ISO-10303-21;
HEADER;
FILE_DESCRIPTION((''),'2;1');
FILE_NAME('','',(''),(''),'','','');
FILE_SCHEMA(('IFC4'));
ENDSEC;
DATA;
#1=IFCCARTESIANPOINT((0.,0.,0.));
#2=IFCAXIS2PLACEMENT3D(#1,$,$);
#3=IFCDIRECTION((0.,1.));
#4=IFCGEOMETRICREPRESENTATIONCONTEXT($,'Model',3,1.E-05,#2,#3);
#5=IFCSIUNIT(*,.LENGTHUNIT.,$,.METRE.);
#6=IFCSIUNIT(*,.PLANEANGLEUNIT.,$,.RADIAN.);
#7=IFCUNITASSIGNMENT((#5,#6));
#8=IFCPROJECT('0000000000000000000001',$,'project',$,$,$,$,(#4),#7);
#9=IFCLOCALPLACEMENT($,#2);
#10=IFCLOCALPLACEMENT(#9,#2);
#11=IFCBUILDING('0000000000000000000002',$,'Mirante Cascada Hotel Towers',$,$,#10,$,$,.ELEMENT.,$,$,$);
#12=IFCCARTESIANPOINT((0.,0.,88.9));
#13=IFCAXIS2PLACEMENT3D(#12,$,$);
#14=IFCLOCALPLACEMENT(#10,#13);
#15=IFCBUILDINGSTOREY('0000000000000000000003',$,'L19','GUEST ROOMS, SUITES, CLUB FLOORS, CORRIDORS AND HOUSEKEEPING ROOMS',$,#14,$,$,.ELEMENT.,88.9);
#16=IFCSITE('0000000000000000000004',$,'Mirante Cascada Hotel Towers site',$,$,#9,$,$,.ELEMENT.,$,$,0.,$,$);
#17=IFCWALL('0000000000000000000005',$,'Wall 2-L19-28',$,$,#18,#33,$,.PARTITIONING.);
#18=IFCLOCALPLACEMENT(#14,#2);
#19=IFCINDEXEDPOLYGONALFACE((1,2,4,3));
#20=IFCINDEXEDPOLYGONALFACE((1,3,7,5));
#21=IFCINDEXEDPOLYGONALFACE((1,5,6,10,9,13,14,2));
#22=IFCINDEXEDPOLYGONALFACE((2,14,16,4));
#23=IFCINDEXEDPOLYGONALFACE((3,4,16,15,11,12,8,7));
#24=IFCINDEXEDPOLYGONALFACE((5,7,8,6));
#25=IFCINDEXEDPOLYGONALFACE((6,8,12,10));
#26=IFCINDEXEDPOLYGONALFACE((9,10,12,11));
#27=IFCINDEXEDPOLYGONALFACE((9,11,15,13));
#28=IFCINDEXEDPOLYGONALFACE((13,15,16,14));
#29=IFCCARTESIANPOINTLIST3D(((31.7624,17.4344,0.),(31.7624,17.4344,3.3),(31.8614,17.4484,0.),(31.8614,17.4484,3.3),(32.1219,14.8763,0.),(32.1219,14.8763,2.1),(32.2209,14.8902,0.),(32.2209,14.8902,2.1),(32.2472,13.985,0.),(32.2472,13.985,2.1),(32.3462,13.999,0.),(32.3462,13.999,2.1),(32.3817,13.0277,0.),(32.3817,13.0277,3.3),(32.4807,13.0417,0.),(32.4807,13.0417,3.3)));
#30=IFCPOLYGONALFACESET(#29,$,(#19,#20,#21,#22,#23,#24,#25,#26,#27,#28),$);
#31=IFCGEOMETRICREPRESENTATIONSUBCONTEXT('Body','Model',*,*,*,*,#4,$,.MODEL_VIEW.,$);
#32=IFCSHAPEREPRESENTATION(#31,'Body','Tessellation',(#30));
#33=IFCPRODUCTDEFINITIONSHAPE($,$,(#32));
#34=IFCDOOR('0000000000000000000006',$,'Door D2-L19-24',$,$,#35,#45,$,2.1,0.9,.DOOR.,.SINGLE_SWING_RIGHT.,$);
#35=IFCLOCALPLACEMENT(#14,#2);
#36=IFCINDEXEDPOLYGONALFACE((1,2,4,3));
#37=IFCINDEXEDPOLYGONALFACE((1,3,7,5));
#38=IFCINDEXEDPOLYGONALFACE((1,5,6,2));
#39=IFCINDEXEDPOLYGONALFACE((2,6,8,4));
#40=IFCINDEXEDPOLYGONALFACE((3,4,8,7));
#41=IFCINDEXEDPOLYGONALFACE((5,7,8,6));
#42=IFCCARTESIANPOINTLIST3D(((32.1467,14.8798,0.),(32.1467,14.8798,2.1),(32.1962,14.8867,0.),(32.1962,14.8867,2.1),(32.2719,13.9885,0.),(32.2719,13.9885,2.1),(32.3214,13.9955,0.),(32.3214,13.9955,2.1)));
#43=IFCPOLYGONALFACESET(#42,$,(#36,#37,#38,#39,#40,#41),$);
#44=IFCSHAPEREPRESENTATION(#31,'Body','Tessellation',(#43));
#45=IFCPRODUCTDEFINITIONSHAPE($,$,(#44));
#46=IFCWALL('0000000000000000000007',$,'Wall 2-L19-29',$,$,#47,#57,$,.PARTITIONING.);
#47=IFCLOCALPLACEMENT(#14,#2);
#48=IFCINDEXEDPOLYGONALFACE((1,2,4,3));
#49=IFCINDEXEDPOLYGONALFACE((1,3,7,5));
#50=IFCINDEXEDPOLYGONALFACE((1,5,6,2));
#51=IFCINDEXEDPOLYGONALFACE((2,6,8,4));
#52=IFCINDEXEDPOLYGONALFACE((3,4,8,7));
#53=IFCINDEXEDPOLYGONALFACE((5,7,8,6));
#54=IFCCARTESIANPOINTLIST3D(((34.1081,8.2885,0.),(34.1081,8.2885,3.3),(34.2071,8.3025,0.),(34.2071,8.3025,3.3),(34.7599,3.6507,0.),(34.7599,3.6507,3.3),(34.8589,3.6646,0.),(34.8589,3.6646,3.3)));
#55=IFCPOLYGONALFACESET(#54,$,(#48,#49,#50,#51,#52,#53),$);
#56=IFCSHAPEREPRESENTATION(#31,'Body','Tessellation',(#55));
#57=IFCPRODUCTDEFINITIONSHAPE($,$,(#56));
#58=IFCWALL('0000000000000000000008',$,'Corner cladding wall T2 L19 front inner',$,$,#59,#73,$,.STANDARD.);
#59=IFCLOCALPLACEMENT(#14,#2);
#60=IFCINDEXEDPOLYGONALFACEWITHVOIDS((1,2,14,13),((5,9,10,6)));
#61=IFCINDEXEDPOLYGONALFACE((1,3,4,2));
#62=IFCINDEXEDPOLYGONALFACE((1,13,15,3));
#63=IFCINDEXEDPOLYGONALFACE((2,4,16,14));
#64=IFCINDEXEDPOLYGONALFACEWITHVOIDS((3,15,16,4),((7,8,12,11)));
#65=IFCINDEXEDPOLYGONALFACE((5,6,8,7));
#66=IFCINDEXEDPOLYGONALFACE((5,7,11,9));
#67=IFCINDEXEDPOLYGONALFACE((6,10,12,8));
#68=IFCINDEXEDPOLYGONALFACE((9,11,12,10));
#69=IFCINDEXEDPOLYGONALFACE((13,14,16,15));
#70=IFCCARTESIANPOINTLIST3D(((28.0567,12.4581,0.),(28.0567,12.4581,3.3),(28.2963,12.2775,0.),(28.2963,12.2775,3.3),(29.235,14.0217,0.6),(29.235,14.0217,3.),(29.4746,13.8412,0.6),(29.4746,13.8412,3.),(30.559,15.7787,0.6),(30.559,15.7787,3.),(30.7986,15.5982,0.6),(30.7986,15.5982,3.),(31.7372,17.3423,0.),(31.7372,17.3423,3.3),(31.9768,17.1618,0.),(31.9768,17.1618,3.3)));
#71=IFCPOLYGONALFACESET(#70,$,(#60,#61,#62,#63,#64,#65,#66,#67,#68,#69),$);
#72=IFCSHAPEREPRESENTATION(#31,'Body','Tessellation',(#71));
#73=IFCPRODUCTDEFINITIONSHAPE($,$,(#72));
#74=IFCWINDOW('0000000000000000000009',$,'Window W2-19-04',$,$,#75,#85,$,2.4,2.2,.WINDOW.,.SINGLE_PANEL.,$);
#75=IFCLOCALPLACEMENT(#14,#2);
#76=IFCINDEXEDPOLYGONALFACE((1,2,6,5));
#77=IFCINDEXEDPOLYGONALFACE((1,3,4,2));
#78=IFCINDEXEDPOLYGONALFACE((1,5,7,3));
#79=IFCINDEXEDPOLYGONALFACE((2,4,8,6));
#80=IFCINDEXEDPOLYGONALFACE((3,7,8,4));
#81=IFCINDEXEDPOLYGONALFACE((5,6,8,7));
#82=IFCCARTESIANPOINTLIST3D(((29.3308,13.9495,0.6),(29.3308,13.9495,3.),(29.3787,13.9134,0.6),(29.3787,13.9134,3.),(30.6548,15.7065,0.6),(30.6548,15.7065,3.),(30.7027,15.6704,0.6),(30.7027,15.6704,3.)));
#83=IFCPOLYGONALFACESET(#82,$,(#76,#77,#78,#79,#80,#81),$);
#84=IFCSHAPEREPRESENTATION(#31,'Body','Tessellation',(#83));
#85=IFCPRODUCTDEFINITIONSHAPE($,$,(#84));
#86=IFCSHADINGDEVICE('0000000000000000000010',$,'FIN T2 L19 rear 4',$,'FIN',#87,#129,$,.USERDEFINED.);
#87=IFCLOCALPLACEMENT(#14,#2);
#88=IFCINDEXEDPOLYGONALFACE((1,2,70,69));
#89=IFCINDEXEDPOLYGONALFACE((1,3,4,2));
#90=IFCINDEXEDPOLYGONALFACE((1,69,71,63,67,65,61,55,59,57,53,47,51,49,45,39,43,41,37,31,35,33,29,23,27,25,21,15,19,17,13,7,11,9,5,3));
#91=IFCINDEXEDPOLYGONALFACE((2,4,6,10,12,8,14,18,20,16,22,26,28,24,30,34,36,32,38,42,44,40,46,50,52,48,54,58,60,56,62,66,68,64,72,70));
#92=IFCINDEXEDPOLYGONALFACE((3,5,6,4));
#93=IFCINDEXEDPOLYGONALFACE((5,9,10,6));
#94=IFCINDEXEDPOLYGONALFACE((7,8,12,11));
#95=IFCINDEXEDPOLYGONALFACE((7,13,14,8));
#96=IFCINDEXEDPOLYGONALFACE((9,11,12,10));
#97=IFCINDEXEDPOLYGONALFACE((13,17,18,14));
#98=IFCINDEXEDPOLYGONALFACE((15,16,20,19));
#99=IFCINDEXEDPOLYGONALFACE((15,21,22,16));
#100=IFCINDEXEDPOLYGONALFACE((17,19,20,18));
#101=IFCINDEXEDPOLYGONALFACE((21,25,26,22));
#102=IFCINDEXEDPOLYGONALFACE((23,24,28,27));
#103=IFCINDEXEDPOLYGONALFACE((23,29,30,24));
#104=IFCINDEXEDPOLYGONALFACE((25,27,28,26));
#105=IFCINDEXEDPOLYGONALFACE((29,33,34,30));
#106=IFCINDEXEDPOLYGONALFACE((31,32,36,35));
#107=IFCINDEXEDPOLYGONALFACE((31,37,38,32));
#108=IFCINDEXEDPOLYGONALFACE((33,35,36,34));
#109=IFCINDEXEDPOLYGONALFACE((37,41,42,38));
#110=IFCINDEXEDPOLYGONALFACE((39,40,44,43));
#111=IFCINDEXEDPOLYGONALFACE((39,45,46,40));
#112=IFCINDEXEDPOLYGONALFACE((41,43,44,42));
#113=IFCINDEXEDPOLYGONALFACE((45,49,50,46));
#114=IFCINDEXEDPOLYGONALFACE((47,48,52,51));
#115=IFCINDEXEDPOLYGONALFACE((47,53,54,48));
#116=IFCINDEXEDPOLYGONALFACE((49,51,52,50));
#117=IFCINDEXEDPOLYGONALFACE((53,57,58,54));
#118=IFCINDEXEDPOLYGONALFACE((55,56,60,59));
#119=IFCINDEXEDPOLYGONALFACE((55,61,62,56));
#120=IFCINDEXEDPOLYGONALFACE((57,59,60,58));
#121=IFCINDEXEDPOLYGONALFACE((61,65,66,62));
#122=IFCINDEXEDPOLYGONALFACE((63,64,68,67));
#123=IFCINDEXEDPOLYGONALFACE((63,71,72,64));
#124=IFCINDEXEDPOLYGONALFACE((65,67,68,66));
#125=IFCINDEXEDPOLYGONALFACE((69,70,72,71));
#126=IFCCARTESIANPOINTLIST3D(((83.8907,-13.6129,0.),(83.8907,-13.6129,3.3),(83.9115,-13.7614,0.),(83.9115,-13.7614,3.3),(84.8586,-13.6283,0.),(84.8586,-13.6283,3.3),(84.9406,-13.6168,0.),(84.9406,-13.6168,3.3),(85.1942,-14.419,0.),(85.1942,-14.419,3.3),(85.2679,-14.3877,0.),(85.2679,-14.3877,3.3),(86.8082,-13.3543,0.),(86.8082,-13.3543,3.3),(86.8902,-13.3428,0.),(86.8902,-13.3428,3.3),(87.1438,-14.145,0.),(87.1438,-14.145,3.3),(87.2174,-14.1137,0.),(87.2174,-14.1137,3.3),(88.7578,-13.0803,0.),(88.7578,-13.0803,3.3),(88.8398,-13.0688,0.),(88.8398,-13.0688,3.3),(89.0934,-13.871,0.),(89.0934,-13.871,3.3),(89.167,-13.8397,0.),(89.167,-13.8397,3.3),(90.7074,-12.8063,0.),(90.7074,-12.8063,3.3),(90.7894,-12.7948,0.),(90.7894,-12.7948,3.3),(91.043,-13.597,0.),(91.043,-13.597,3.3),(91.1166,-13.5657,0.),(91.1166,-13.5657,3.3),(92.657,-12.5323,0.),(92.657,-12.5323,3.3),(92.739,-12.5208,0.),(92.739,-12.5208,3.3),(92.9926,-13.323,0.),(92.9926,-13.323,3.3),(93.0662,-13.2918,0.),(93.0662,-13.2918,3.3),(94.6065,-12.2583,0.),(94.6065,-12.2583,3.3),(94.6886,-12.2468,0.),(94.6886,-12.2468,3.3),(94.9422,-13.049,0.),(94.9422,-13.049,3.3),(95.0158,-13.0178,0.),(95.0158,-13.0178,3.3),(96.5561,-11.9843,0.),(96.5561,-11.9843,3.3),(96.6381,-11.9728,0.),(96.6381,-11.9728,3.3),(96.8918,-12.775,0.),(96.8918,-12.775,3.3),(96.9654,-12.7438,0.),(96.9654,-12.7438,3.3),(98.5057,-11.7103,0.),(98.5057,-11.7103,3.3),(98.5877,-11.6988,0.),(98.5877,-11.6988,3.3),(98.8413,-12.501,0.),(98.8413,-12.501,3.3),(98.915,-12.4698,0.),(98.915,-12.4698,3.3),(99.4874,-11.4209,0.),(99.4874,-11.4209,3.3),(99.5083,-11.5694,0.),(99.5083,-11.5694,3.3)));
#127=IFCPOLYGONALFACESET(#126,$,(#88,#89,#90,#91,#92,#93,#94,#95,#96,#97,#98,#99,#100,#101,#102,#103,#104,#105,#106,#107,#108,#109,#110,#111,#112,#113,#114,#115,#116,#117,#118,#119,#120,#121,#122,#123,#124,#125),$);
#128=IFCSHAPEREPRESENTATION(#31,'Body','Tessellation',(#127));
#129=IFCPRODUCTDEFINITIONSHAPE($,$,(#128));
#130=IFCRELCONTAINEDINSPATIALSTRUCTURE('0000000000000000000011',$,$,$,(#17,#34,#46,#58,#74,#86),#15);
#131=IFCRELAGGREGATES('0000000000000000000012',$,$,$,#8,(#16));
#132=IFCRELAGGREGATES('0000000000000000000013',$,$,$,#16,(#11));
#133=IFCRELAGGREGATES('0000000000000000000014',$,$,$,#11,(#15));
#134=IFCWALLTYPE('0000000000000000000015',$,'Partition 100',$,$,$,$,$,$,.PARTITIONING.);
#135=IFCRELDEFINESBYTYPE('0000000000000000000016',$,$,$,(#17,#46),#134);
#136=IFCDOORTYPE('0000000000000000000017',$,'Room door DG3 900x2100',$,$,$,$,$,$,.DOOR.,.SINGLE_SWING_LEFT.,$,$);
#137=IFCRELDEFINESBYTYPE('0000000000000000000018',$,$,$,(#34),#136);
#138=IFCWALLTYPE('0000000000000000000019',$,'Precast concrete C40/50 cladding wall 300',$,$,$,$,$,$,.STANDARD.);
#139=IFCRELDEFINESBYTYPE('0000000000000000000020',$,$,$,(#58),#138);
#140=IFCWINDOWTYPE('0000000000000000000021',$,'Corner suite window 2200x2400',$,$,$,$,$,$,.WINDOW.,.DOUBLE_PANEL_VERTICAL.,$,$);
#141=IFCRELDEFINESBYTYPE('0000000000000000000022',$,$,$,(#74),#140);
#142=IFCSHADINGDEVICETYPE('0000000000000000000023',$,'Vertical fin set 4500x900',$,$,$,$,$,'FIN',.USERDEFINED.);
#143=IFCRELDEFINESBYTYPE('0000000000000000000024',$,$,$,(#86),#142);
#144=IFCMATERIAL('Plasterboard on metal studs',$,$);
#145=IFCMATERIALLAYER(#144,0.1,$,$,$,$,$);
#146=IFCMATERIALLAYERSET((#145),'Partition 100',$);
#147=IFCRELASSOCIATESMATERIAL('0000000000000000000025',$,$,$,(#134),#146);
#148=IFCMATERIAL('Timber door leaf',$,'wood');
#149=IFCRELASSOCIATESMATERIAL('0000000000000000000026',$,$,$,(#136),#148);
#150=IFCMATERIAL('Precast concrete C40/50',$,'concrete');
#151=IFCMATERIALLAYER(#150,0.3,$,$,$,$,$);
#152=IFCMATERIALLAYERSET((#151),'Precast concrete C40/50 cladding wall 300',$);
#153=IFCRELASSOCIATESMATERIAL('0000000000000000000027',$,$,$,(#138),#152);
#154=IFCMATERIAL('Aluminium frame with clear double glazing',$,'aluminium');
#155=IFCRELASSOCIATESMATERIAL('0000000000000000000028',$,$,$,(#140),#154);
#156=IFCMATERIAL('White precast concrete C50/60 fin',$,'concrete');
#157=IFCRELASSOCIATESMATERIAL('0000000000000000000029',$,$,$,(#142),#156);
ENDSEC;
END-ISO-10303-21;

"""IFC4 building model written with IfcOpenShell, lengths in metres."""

from ifc_helpers import new_model, si_unit, direction, frame, frame_2d, origin, place, context, subcontext, project, spatial, polyline, rectangle, outline, extrude, material, layer, layer_set, type_object, element, fill, save


model = new_model("IFC4")

# Units and contexts
model_context = context("Model", 3, precision=1e-05, world=origin(), true_north=direction((0.0, 1.0)))
body_context = subcontext(model_context, "Body", "Model", "MODEL_VIEW")
ifc_project = project(units=[si_unit("LENGTHUNIT", "METRE"), si_unit("PLANEANGLEUNIT", "RADIAN")], contexts=[model_context])

# Site, building, storey
site_placement = place(None, origin())
site = spatial("IfcSite", under=ifc_project, at=site_placement, Name="Mirante Cascada Hotel Towers site", CompositionType="ELEMENT", RefElevation=0.0)
building_placement = place(site_placement, origin())
building = spatial("IfcBuilding", under=site, at=building_placement, Name="Mirante Cascada Hotel Towers", CompositionType="ELEMENT")
storey_placement = place(building_placement, frame((0.0, 0.0, 88.9)))
storey = spatial("IfcBuildingStorey", under=building, at=storey_placement, Name="L19", Description="GUEST ROOMS, SUITES, CLUB FLOORS, CORRIDORS AND HOUSEKEEPING ROOMS", CompositionType="ELEMENT", Elevation=88.9)

# Shared definitions
ifc_material_1 = material(Name="Plasterboard on metal studs")
ifc_layer_1 = layer(ifc_material_1, 0.1)
ifc_layer_set_1 = layer_set([ifc_layer_1], Name="Partition 100")
wall_type_1 = type_object("IfcWallType", Name="Partition 100", PredefinedType="PARTITIONING", material=ifc_layer_set_1)

# Wall, opening, door
wall_1_placement = place(storey_placement, frame((32.4312, 13.0347, 0.0), z_axis=(0.0, 0.0, 1.0), x_axis=(-0.139168, 0.990269, 0.0)))
wall_1 = element("IfcWall", 1, at=wall_1_placement, inside=storey, type_object=wall_type_1, Name="Wall 2-L19-28", PredefinedType="PARTITIONING", context=body_context, shape_type="SweptSolid", body=[
    extrude(rectangle(XDim=4.45, YDim=0.1, at=frame_2d((2.225, 0.0))), origin(), (0.0, 0.0, 1.0), 3.3),
])
opening_1_placement = place(wall_1_placement, frame((0.9667, 0.0, 0.0)))
opening_1 = element("IfcOpeningElement", 2, at=opening_1_placement, cuts=wall_1, PredefinedType="OPENING", context=body_context, shape_type="SweptSolid", body=[
    extrude(rectangle(XDim=0.9, YDim=2.1, at=frame_2d((0.45, 1.05))), frame((0.0, 0.05, 0.0), z_axis=(0.0, -1.0, 0.0), x_axis=(1.0, 0.0, 0.0)), (0.0, 0.0, 1.0), 0.1),
])
ifc_material_2 = material(Name="Timber door leaf", Category="wood")
door_type_1 = type_object("IfcDoorType", Name="Room door DG3 900x2100", OperationType="SINGLE_SWING_LEFT", PredefinedType="DOOR", material=ifc_material_2)
door_1_placement = place(opening_1_placement, frame((0.9, 0.0, 0.0), z_axis=(0.0, 0.0, 1.0), x_axis=(-1.0, 0.0, 0.0)))
door_1 = element("IfcDoor", 3, at=door_1_placement, inside=storey, type_object=door_type_1, Name="Door D2-L19-24", OperationType="SINGLE_SWING_RIGHT", OverallHeight=2.1, OverallWidth=0.9, PredefinedType="DOOR", context=body_context, shape_type="SweptSolid", body=[
    extrude(rectangle(XDim=0.9, YDim=2.1, at=frame_2d((0.45, 1.05))), frame((0.0, 0.025, 0.0), z_axis=(0.0, -1.0, 0.0), x_axis=(1.0, 0.0, 0.0)), (0.0, 0.0, 1.0), 0.05),
])
fill(opening_1, door_1)

# Wall
wall_2_placement = place(storey_placement, frame((34.1576, 8.2955, 0.0), z_axis=(0.0, 0.0, 1.0), x_axis=(0.139173, -0.990268, 0.0)))
element("IfcWall", 4, at=wall_2_placement, inside=storey, type_object=wall_type_1, Name="Wall 2-L19-29", PredefinedType="PARTITIONING", context=body_context, shape_type="SweptSolid", body=[
    extrude(rectangle(XDim=4.6834, YDim=0.1, at=frame_2d((2.3417, 0.0))), origin(), (0.0, 0.0, 1.0), 3.3),
])

# Wall, opening, window
ifc_material_3 = material(Name="Precast concrete C40/50", Category="concrete")
ifc_layer_2 = layer(ifc_material_3, 0.3)
ifc_layer_set_2 = layer_set([ifc_layer_2], Name="Precast concrete C40/50 cladding wall 300")
wall_type_2 = type_object("IfcWallType", Name="Precast concrete C40/50 cladding wall 300", PredefinedType="STANDARD", material=ifc_layer_set_2)
wall_3_placement = place(storey_placement, frame((31.857, 17.252, 0.0), z_axis=(0.0, 0.0, 1.0), x_axis=(-0.601814, -0.798636, 0.0)))
wall_3 = element("IfcWall", 5, at=wall_3_placement, inside=storey, type_object=wall_type_2, Name="Corner cladding wall T2 L19 front inner", PredefinedType="STANDARD", context=body_context, shape_type="SweptSolid", body=[
    extrude(rectangle(XDim=6.1157, YDim=0.3, at=frame_2d((3.0578, 0.0))), origin(), (0.0, 0.0, 1.0), 3.3),
])
opening_2_placement = place(wall_3_placement, frame((1.9578, 0.0, 0.6)))
opening_2 = element("IfcOpeningElement", 6, at=opening_2_placement, cuts=wall_3, PredefinedType="OPENING", context=body_context, shape_type="SweptSolid", body=[
    extrude(rectangle(XDim=2.2, YDim=2.4, at=frame_2d((1.1, 1.2))), frame((0.0, 0.15, 0.0), z_axis=(0.0, -1.0, 0.0), x_axis=(1.0, 0.0, 0.0)), (0.0, 0.0, 1.0), 0.3),
])
ifc_material_4 = material(Name="Aluminium frame with clear double glazing", Category="aluminium")
window_type = type_object("IfcWindowType", Name="Corner suite window 2200x2400", PartitioningType="DOUBLE_PANEL_VERTICAL", PredefinedType="WINDOW", material=ifc_material_4)
window_placement = place(opening_2_placement, origin())
window = element("IfcWindow", 7, at=window_placement, inside=storey, type_object=window_type, Name="Window W2-19-04", OverallHeight=2.4, OverallWidth=2.2, PartitioningType="SINGLE_PANEL", PredefinedType="WINDOW", context=body_context, shape_type="SweptSolid", body=[
    extrude(rectangle(XDim=2.2, YDim=2.4, at=frame_2d((1.1, 1.2))), frame((0.0, 0.03, 0.0), z_axis=(0.0, -1.0, 0.0), x_axis=(1.0, 0.0, 0.0)), (0.0, 0.0, 1.0), 0.06),
])
fill(opening_2, window)

# Shading device
ifc_material_5 = material(Name="White precast concrete C50/60 fin", Category="concrete")
shading_device_type = type_object("IfcShadingDeviceType", Name="Vertical fin set 4500x900", ElementType="FIN", PredefinedType="USERDEFINED", material=ifc_material_5)
shading_device_placement = place(storey_placement, origin())
element("IfcShadingDevice", 8, at=shading_device_placement, inside=storey, type_object=shading_device_type, Name="FIN T2 L19 rear 4", ObjectType="FIN", PredefinedType="USERDEFINED", context=body_context, shape_type="SweptSolid", body=[
    extrude(outline(polyline([(85.1942, -14.419), (84.8586, -13.6283), (83.9115, -13.7614), (83.8907, -13.6129), (99.4874, -11.4209), (99.5083, -11.5694), (98.5877, -11.6988), (98.915, -12.4698), (98.8413, -12.501), (98.5057, -11.7103), (96.6381, -11.9728), (96.9654, -12.7438), (96.8918, -12.775), (96.5561, -11.9843), (94.6886, -12.2468), (95.0158, -13.0178), (94.9422, -13.049), (94.6065, -12.2583), (92.739, -12.5208), (93.0662, -13.2918), (92.9926, -13.323), (92.657, -12.5323), (90.7894, -12.7948), (91.1166, -13.5657), (91.043, -13.597), (90.7074, -12.8063), (88.8398, -13.0688), (89.167, -13.8397), (89.0934, -13.871), (88.7578, -13.0803), (86.8902, -13.3428), (87.2174, -14.1137), (87.1438, -14.145), (86.8082, -13.3543), (84.9406, -13.6168), (85.2679, -14.3877), (85.1942, -14.419)])), origin(), (0.0, 0.0, 1.0), 3.3),
])

save(model, "model.ifc")
